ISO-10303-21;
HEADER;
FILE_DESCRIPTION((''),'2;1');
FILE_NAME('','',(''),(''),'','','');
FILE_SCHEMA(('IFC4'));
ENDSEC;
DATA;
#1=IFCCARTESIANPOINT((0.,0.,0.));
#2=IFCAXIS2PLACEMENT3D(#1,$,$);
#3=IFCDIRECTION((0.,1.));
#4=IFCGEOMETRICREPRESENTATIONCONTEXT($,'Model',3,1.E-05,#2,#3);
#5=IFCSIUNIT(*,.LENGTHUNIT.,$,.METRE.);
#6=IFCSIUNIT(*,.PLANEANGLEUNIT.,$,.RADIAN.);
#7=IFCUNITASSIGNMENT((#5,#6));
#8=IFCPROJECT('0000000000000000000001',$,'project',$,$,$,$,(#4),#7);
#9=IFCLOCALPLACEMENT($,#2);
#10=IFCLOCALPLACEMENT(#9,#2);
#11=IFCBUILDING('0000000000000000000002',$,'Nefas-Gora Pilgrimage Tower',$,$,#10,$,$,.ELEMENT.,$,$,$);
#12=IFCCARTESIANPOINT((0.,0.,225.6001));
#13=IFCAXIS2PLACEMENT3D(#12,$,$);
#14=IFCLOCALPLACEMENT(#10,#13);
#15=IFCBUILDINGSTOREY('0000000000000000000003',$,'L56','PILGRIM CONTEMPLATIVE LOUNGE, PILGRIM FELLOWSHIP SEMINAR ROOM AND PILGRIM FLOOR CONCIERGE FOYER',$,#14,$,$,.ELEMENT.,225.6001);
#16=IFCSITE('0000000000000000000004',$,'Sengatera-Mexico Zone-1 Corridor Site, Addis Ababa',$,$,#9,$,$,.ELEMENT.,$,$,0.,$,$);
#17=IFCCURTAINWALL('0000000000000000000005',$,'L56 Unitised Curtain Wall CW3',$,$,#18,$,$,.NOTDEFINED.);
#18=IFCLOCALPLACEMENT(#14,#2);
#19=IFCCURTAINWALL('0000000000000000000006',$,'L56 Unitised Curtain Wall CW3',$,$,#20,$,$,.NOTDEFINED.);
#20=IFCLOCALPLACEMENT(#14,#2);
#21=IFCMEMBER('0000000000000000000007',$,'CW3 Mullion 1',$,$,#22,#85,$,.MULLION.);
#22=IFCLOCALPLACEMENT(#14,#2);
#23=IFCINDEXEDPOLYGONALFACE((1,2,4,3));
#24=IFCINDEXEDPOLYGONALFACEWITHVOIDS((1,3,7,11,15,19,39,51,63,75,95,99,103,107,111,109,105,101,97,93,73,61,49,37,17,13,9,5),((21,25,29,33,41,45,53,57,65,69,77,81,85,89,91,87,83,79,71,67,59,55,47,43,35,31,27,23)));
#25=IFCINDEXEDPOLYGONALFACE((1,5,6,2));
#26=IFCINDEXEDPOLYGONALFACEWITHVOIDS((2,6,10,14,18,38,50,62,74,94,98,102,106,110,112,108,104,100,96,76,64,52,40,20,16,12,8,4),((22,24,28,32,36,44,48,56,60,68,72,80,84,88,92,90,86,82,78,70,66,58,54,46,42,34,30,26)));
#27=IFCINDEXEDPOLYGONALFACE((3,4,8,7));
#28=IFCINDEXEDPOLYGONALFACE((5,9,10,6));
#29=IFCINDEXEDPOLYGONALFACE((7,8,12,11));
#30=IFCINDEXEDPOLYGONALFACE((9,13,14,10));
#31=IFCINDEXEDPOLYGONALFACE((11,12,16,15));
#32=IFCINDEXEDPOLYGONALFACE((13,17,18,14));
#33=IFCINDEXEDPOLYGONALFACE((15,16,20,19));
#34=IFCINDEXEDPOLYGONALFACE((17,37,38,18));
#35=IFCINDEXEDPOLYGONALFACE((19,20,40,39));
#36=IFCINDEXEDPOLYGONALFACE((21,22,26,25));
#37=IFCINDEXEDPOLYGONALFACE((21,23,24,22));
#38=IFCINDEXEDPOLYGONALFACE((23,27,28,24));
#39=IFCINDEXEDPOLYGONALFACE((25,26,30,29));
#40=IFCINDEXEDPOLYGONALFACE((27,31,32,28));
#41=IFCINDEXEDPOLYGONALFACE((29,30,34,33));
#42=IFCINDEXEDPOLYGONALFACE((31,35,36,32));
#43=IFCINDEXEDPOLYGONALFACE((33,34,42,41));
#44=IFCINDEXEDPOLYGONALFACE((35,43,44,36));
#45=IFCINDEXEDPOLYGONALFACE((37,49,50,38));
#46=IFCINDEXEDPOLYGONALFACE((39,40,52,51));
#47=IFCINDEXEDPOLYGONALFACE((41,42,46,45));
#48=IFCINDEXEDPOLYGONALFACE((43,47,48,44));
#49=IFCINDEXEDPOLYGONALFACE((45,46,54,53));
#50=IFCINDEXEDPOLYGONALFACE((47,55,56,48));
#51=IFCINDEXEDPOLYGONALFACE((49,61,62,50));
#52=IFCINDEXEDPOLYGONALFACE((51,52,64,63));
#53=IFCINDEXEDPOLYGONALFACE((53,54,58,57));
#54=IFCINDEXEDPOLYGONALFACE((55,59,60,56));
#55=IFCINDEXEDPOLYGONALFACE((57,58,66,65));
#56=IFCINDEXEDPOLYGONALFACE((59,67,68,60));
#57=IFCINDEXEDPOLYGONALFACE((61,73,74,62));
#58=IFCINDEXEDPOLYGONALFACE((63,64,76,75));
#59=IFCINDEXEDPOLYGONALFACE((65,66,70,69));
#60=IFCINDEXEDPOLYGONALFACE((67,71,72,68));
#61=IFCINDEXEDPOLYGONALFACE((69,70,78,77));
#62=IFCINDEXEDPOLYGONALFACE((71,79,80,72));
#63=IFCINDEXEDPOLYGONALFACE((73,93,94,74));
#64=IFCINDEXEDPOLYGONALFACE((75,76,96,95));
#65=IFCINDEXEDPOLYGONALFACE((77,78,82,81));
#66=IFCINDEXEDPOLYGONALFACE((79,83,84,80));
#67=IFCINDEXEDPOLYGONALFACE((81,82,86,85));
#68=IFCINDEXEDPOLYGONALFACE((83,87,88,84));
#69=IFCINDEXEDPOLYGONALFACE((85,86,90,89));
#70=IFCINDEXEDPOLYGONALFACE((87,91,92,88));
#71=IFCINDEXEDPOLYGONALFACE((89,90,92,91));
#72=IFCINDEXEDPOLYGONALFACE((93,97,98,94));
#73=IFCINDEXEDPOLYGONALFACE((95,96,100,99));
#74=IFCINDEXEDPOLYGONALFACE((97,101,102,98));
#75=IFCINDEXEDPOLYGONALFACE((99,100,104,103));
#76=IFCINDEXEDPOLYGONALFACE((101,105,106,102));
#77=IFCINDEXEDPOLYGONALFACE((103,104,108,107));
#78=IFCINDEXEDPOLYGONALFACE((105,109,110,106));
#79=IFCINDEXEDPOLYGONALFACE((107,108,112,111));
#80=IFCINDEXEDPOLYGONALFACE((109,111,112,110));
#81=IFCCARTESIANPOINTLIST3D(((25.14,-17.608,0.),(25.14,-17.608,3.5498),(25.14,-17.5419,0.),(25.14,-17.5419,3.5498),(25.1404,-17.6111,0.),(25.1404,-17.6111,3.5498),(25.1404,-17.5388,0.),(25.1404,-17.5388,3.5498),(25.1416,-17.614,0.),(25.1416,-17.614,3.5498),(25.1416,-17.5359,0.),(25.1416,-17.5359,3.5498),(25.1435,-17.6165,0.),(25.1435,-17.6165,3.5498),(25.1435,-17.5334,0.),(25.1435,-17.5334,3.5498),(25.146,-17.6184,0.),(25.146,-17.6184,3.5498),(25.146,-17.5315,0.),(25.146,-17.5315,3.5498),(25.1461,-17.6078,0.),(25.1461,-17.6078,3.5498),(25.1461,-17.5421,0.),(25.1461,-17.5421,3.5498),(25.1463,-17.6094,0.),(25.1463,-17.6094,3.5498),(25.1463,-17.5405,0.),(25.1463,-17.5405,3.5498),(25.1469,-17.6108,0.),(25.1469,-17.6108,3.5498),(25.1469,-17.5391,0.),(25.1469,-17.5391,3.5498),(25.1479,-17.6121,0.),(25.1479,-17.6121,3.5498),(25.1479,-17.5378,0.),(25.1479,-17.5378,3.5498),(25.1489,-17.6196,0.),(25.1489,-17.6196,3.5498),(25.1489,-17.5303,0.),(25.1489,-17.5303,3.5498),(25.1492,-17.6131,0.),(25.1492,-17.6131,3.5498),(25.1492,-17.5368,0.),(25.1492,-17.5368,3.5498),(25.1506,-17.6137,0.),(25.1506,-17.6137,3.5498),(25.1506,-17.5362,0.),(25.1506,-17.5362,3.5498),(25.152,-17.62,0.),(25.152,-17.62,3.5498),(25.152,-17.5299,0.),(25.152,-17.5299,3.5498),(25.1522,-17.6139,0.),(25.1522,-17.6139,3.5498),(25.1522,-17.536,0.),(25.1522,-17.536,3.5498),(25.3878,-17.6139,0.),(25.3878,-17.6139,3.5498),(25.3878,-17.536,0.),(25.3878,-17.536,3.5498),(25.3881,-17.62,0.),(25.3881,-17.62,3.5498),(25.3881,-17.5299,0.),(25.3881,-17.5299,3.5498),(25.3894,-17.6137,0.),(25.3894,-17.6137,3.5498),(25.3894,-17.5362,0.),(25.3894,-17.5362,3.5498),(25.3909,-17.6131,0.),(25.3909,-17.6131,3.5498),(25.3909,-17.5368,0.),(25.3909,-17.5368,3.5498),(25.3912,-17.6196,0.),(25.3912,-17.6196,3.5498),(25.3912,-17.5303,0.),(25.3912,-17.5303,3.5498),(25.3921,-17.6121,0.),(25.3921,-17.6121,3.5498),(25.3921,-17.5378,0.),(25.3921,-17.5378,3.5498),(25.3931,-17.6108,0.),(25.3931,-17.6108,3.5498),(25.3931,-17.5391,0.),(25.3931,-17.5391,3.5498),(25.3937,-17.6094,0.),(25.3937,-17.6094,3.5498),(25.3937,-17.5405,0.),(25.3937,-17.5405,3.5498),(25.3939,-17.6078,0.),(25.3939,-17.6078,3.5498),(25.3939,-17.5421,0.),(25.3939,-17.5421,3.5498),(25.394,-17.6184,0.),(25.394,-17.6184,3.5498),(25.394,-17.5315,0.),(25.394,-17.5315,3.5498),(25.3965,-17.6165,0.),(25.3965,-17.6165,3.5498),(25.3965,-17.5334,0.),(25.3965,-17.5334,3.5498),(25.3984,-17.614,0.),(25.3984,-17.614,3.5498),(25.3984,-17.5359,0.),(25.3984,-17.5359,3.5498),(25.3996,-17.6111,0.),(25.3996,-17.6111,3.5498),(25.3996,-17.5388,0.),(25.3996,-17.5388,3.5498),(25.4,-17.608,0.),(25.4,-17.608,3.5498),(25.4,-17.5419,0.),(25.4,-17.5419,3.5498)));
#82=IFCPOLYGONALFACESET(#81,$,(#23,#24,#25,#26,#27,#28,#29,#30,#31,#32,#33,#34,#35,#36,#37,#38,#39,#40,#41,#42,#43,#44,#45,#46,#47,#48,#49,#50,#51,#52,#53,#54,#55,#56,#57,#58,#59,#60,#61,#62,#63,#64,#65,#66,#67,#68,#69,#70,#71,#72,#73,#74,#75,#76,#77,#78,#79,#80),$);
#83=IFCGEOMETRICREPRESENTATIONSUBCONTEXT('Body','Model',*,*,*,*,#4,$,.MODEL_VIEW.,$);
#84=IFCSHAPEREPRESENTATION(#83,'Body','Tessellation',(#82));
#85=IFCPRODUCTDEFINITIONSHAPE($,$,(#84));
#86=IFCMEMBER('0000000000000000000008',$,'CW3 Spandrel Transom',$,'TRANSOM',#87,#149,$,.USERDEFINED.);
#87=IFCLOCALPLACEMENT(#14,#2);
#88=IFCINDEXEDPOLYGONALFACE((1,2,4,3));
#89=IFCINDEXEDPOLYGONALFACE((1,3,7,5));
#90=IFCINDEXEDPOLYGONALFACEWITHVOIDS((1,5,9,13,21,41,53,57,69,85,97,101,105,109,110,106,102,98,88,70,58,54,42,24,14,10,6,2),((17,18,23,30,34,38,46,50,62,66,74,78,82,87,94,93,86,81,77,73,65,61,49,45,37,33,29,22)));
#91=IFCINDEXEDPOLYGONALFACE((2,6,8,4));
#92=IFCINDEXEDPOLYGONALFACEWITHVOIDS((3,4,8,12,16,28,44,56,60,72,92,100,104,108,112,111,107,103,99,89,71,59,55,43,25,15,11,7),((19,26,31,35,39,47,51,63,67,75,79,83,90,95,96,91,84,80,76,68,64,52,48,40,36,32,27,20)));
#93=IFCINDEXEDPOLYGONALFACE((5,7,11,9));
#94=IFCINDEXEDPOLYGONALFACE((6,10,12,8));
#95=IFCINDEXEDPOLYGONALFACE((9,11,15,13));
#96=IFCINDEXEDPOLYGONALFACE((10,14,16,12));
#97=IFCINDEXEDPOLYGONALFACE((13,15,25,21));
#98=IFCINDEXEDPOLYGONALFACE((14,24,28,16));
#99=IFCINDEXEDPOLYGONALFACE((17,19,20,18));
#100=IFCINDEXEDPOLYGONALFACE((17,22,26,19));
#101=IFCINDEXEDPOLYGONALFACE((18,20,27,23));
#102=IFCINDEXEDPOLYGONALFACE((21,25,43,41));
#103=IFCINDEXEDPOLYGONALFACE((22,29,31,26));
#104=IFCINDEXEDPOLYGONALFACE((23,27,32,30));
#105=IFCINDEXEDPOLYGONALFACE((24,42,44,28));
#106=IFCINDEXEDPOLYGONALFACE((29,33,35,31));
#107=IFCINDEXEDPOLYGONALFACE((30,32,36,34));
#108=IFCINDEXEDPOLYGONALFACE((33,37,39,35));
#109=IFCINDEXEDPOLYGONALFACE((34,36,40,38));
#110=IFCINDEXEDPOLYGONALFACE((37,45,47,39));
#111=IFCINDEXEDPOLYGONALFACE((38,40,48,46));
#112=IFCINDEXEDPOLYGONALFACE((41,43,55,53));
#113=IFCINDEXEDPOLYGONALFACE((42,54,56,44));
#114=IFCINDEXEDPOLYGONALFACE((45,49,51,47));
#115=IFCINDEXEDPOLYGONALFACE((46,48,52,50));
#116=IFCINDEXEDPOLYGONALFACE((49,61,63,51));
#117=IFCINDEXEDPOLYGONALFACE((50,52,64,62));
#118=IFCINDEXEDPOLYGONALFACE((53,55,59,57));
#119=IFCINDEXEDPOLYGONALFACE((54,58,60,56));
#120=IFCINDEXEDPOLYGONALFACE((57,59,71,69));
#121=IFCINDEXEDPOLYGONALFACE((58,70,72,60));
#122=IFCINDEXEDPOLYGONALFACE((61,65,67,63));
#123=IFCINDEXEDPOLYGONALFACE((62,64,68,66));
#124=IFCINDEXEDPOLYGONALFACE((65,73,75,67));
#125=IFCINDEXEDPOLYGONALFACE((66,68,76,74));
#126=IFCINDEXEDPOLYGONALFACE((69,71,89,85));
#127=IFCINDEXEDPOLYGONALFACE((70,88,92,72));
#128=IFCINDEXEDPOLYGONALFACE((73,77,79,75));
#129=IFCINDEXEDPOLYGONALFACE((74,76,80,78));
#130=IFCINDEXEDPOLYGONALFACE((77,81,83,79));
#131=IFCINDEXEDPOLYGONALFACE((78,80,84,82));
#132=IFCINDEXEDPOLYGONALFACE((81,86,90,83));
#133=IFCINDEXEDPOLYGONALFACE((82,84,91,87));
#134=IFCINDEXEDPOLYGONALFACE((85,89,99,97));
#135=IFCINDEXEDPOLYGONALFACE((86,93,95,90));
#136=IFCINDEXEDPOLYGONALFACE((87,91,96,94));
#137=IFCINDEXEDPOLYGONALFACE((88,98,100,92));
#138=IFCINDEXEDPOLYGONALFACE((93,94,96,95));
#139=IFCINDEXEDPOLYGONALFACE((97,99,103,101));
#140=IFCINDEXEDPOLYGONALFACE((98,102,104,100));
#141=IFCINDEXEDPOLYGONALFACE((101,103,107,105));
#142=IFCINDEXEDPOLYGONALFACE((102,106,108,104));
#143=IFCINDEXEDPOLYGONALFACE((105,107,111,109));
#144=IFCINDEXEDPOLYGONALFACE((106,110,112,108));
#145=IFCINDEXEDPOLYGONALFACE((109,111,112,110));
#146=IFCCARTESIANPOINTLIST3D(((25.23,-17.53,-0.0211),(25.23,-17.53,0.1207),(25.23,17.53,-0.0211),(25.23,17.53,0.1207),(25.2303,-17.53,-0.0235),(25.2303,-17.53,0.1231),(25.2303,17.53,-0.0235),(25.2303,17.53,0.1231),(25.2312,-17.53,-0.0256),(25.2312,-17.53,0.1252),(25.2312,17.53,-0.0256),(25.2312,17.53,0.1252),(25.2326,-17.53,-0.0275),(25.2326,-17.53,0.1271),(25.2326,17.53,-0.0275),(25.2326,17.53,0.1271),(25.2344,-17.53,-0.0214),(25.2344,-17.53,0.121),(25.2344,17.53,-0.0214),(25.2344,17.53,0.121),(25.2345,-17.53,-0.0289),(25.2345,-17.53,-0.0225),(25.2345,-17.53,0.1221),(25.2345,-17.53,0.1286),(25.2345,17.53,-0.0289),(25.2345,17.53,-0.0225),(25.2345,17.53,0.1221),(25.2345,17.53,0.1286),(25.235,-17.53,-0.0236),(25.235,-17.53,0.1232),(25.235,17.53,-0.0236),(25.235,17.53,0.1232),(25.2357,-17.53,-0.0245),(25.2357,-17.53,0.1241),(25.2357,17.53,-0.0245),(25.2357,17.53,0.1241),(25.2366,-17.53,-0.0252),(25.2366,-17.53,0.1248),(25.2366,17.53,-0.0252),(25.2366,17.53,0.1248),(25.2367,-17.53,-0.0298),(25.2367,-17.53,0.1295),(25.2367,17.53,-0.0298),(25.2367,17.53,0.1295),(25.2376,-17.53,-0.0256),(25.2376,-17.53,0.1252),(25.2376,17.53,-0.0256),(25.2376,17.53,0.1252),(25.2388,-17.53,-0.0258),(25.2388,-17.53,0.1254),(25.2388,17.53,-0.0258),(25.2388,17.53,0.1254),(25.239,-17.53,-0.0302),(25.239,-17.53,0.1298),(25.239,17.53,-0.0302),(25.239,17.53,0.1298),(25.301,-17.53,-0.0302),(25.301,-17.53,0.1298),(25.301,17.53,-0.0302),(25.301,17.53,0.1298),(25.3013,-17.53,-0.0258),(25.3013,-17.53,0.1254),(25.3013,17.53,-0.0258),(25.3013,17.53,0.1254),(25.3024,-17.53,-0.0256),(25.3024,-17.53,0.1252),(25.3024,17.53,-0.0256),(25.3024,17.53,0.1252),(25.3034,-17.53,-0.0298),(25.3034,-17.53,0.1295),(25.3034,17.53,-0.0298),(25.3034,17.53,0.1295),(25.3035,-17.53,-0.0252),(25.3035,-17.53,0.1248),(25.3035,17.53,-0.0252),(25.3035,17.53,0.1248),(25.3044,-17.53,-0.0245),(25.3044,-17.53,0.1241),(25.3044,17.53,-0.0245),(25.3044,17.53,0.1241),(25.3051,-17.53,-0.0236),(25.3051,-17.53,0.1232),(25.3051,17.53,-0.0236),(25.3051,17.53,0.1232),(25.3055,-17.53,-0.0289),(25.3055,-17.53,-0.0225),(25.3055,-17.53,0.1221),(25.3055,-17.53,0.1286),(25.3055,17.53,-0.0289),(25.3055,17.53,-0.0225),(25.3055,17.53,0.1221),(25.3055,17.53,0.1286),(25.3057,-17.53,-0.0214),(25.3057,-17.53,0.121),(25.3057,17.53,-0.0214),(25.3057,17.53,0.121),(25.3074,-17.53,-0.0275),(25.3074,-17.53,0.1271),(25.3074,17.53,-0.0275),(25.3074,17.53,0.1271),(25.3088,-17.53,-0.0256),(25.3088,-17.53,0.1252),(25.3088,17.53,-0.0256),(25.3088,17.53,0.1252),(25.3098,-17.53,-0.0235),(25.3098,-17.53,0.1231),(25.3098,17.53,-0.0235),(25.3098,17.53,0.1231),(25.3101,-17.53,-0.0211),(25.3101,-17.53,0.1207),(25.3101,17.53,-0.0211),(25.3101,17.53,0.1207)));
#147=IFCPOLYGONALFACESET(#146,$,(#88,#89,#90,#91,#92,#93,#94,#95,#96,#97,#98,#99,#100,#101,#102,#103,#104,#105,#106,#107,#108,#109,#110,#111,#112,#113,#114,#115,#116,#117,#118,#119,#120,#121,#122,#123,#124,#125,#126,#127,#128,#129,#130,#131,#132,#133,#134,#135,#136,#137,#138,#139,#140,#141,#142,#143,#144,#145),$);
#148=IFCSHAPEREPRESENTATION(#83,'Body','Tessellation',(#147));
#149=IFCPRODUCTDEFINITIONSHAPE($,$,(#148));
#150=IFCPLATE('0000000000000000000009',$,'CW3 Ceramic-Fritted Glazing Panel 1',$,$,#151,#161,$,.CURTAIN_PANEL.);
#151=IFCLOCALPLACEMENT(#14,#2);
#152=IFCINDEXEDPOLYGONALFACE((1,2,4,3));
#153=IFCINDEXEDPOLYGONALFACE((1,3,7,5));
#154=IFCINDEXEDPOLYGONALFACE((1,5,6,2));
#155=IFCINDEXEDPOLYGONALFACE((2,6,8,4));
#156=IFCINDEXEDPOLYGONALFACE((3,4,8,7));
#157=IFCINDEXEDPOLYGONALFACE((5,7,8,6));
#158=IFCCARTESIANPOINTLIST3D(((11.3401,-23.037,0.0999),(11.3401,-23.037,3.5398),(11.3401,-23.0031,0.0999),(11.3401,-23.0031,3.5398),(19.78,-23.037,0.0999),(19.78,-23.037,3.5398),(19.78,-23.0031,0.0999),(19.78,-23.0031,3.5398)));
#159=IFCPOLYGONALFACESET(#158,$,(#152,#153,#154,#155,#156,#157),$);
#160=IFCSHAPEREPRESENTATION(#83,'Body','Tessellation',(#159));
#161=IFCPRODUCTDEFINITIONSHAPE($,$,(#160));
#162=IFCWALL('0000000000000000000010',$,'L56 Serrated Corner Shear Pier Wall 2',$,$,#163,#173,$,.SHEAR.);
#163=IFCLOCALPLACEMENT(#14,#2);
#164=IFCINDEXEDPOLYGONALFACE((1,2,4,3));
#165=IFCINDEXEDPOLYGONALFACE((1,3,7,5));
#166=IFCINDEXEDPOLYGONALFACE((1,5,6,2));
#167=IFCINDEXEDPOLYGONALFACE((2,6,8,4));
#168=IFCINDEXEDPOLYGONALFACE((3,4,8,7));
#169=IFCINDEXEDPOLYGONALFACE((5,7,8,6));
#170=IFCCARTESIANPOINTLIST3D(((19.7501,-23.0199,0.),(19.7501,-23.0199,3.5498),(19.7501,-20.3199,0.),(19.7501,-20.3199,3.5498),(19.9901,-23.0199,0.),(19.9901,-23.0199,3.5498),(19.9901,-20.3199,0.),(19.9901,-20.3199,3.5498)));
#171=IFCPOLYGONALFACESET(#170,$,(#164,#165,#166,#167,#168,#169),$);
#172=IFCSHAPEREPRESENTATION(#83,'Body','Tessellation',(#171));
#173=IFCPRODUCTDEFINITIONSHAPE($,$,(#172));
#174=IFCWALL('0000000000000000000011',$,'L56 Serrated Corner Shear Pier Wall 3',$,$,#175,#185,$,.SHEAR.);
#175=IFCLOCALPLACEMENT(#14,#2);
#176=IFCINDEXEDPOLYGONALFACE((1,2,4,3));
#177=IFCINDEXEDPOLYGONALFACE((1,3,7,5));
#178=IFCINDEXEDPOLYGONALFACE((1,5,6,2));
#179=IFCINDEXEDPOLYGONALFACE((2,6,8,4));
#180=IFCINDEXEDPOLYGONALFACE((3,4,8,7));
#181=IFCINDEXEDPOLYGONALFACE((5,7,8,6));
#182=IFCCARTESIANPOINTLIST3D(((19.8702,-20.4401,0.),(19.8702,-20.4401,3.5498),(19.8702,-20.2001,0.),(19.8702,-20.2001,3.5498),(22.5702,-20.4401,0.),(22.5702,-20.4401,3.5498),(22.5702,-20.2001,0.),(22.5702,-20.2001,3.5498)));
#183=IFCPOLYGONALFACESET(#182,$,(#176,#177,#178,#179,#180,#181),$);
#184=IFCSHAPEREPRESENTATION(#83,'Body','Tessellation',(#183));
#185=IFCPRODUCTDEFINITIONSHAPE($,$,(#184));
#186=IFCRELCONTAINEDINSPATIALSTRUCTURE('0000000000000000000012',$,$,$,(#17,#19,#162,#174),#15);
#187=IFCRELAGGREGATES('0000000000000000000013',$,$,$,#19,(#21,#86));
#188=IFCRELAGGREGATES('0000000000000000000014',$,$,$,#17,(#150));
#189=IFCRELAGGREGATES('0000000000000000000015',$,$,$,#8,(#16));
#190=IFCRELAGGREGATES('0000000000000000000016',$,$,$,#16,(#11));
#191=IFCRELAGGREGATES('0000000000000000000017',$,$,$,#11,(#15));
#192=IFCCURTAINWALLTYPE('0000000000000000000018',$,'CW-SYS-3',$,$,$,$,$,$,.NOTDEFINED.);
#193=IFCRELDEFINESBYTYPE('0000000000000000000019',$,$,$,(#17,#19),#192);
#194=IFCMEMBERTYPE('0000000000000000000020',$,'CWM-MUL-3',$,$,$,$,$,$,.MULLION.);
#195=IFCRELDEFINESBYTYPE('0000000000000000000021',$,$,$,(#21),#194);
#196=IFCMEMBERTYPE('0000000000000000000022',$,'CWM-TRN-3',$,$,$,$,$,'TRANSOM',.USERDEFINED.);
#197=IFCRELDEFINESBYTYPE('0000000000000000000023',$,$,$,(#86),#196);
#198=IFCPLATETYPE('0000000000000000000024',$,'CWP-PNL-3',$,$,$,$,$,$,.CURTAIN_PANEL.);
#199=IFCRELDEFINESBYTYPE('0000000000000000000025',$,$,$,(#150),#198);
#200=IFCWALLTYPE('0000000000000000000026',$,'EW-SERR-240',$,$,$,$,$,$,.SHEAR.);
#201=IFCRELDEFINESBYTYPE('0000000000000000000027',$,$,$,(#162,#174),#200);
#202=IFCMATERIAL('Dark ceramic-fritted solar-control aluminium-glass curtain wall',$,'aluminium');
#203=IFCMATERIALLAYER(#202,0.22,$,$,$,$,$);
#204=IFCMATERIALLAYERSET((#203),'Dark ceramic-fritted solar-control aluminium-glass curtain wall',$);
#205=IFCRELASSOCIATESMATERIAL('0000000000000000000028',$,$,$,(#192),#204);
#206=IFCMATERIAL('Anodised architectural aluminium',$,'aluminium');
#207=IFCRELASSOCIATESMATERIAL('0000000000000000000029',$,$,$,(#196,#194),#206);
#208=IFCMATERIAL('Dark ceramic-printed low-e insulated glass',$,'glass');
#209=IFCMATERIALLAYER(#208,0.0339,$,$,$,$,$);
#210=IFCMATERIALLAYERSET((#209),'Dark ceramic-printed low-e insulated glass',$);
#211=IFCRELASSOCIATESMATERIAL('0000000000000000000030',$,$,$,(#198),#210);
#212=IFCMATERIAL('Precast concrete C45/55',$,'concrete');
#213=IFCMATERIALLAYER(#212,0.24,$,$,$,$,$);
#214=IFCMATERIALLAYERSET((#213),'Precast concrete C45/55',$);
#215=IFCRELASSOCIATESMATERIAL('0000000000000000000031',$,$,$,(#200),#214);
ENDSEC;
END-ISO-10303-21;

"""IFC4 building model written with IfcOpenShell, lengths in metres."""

from ifc_helpers import new_model, si_unit, direction, frame, frame_2d, origin, origin_2d, place, context, subcontext, project, spatial, rectangle, hollow_rectangle, extrude, source, transform, mapped, material, layer, layer_set, material_profile, profile_set, type_object, element, aggregate, save


model = new_model("IFC4")

# Units and contexts
model_context = context("Model", 3, precision=1e-05, world=origin(), true_north=direction((0.0, 1.0)))
body_context = subcontext(model_context, "Body", "Model", "MODEL_VIEW")
ifc_project = project(units=[si_unit("LENGTHUNIT", "METRE"), si_unit("PLANEANGLEUNIT", "RADIAN")], contexts=[model_context])

# Site, building, storey
site_placement = place(None, origin())
site = spatial("IfcSite", under=ifc_project, at=site_placement, Name="Sengatera-Mexico Zone-1 Corridor Site, Addis Ababa", CompositionType="ELEMENT", RefElevation=0.0)
building_placement = place(site_placement, origin())
building = spatial("IfcBuilding", under=site, at=building_placement, Name="Nefas-Gora Pilgrimage Tower", CompositionType="ELEMENT")
storey_placement = place(building_placement, frame((0.0, 0.0, 225.6001)))
storey = spatial("IfcBuildingStorey", under=building, at=storey_placement, Name="L56", Description="PILGRIM CONTEMPLATIVE LOUNGE, PILGRIM FELLOWSHIP SEMINAR ROOM AND PILGRIM FLOOR CONCIERGE FOYER", CompositionType="ELEMENT", Elevation=225.6001)

# Curtain walls, members
ifc_material_1 = material(Name="Dark ceramic-fritted solar-control aluminium-glass curtain wall", Category="aluminium")
ifc_layer_1 = layer(ifc_material_1, 0.22)
ifc_layer_set_1 = layer_set([ifc_layer_1], Name="Dark ceramic-fritted solar-control aluminium-glass curtain wall")
curtain_wall_type = type_object("IfcCurtainWallType", Name="CW-SYS-3", PredefinedType="NOTDEFINED", material=ifc_layer_set_1)
curtain_wall_1_placement = place(storey_placement, origin())
curtain_wall_1 = element("IfcCurtainWall", 1, at=curtain_wall_1_placement, inside=storey, type_object=curtain_wall_type, Name="L56 Unitised Curtain Wall CW3", PredefinedType="NOTDEFINED")
ifc_material_2 = material(Name="Anodised architectural aluminium", Category="aluminium")
ifc_material_profile_1 = material_profile(ifc_material_2, hollow_rectangle(XDim=0.0801, YDim=0.1599, WallThickness=0.0044, InnerFilletRadius=0.0044, OuterFilletRadius=0.009, at=origin_2d()), Name="ALU TRANSOM 80x160")
ifc_profile_set_1 = profile_set([ifc_material_profile_1], Name="Anodised architectural aluminium")
member_type_1 = type_object("IfcMemberType", Name="CWM-TRN-3", ElementType="TRANSOM", PredefinedType="USERDEFINED", material=ifc_profile_set_1)
ifc_material_profile_2 = material_profile(ifc_material_2, hollow_rectangle(XDim=0.0901, YDim=0.26, WallThickness=0.0061, InnerFilletRadius=0.0061, OuterFilletRadius=0.012, at=origin_2d()), Name="ALU MULLION 90x260")
ifc_profile_set_2 = profile_set([ifc_material_profile_2], Name="Anodised architectural aluminium")
member_type_2 = type_object("IfcMemberType", Name="CWM-MUL-3", PredefinedType="MULLION", material=ifc_profile_set_2)
shared_shape_1 = source(origin(), body_context, "Body", "SweptSolid", [
    extrude(hollow_rectangle(XDim=0.0901, YDim=0.26, WallThickness=0.0061, InnerFilletRadius=0.0061, OuterFilletRadius=0.012, at=origin_2d()), origin(), (0.0, 0.0, 1.0), 3.5498),
])
curtain_wall_2_placement = place(storey_placement, origin())
curtain_wall_2 = element("IfcCurtainWall", 2, at=curtain_wall_2_placement, inside=storey, type_object=curtain_wall_type, Name="L56 Unitised Curtain Wall CW3", PredefinedType="NOTDEFINED")
member_1_placement = place(storey_placement, frame((25.27, -17.575, 0.0), z_axis=(0.0, 0.0, 1.0), x_axis=(0.0, 1.0, 0.0)))
member_1 = element("IfcMember", 3, at=member_1_placement, type_object=member_type_2, Name="CW3 Mullion 1", PredefinedType="MULLION", context=body_context, shape_type="MappedRepresentation", body=[
    mapped(shared_shape_1, transform((0.0, 0.0, 0.0), x_axis=(1.0, 0.0, 0.0), y_axis=(0.0, 1.0, 0.0), z_axis=(0.0, 0.0, 1.0), scale=1.0)),
])
shared_shape_2 = source(origin(), body_context, "Body", "SweptSolid", [
    extrude(hollow_rectangle(XDim=0.0801, YDim=0.1599, WallThickness=0.0044, InnerFilletRadius=0.0044, OuterFilletRadius=0.009, at=origin_2d()), origin(), (0.0, 0.0, 1.0), 35.0601),
])
member_2_placement = place(storey_placement, frame((25.27, -17.53, 0.0498), z_axis=(0.0, 1.0, 0.0), x_axis=(-1.0, 0.0, 0.0)))
member_2 = element("IfcMember", 4, at=member_2_placement, type_object=member_type_1, Name="CW3 Spandrel Transom", ObjectType="TRANSOM", PredefinedType="USERDEFINED", context=body_context, shape_type="MappedRepresentation", body=[
    mapped(shared_shape_2, transform((0.0, 0.0, 0.0), x_axis=(1.0, 0.0, 0.0), y_axis=(0.0, 1.0, 0.0), z_axis=(0.0, 0.0, 1.0), scale=1.0)),
])
aggregate(curtain_wall_2, [member_1, member_2])

# Plate
ifc_material_3 = material(Name="Dark ceramic-printed low-e insulated glass", Category="glass")
ifc_layer_2 = layer(ifc_material_3, 0.0339)
ifc_layer_set_2 = layer_set([ifc_layer_2], Name="Dark ceramic-printed low-e insulated glass")
plate_type = type_object("IfcPlateType", Name="CWP-PNL-3", PredefinedType="CURTAIN_PANEL", material=ifc_layer_set_2)
shared_shape_3 = source(origin(), body_context, "Body", "SweptSolid", [
    extrude(rectangle(XDim=8.4399, YDim=0.0339, at=origin_2d()), origin(), (0.0, 0.0, 1.0), 3.4399),
])
plate_placement = place(storey_placement, frame((15.5601, -23.02, 0.0999), z_axis=(0.0, 0.0, 1.0), x_axis=(1.0, 0.0, 0.0)))
plate = element("IfcPlate", 5, at=plate_placement, type_object=plate_type, Name="CW3 Ceramic-Fritted Glazing Panel 1", PredefinedType="CURTAIN_PANEL", context=body_context, shape_type="MappedRepresentation", body=[
    mapped(shared_shape_3, transform((0.0, 0.0, 0.0), x_axis=(1.0, 0.0, 0.0), y_axis=(0.0, 1.0, 0.0), z_axis=(0.0, 0.0, 1.0), scale=1.0)),
])
aggregate(curtain_wall_1, [plate])

# Walls
ifc_material_4 = material(Name="Precast concrete C45/55", Category="concrete")
ifc_layer_3 = layer(ifc_material_4, 0.24)
ifc_layer_set_3 = layer_set([ifc_layer_3], Name="Precast concrete C45/55")
wall_type_1 = type_object("IfcWallType", Name="EW-SERR-240", PredefinedType="SHEAR", material=ifc_layer_set_3)
shared_shape_4 = source(origin(), body_context, "Body", "SweptSolid", [
    extrude(rectangle(XDim=2.7, YDim=0.24, at=frame_2d((1.3501, 0.0))), origin(), (0.0, 0.0, 1.0), 3.5498),
])
for number, where, z_axis, x_axis, name in (
    (6, (19.8701, -23.02, 0.0), (0.0, 0.0, 1.0), (0.0, 1.0, 0.0), "L56 Serrated Corner Shear Pier Wall 2"),
    (7, (19.8701, -20.3201, 0.0), (0.0, 0.0, 1.0), (1.0, 0.0, 0.0), "L56 Serrated Corner Shear Pier Wall 3"),
):
    element("IfcWall", number, at=place(storey_placement, frame(where, z_axis=z_axis, x_axis=x_axis)), inside=storey, type_object=wall_type_1, Name=name, PredefinedType="SHEAR", context=body_context, shape_type="MappedRepresentation", body=[
        mapped(shared_shape_4, transform((0.0, 0.0, 0.0), x_axis=(1.0, 0.0, 0.0), y_axis=(0.0, 1.0, 0.0), z_axis=(0.0, 0.0, 1.0), scale=1.0)),
    ])

save(model, "model.ifc")
